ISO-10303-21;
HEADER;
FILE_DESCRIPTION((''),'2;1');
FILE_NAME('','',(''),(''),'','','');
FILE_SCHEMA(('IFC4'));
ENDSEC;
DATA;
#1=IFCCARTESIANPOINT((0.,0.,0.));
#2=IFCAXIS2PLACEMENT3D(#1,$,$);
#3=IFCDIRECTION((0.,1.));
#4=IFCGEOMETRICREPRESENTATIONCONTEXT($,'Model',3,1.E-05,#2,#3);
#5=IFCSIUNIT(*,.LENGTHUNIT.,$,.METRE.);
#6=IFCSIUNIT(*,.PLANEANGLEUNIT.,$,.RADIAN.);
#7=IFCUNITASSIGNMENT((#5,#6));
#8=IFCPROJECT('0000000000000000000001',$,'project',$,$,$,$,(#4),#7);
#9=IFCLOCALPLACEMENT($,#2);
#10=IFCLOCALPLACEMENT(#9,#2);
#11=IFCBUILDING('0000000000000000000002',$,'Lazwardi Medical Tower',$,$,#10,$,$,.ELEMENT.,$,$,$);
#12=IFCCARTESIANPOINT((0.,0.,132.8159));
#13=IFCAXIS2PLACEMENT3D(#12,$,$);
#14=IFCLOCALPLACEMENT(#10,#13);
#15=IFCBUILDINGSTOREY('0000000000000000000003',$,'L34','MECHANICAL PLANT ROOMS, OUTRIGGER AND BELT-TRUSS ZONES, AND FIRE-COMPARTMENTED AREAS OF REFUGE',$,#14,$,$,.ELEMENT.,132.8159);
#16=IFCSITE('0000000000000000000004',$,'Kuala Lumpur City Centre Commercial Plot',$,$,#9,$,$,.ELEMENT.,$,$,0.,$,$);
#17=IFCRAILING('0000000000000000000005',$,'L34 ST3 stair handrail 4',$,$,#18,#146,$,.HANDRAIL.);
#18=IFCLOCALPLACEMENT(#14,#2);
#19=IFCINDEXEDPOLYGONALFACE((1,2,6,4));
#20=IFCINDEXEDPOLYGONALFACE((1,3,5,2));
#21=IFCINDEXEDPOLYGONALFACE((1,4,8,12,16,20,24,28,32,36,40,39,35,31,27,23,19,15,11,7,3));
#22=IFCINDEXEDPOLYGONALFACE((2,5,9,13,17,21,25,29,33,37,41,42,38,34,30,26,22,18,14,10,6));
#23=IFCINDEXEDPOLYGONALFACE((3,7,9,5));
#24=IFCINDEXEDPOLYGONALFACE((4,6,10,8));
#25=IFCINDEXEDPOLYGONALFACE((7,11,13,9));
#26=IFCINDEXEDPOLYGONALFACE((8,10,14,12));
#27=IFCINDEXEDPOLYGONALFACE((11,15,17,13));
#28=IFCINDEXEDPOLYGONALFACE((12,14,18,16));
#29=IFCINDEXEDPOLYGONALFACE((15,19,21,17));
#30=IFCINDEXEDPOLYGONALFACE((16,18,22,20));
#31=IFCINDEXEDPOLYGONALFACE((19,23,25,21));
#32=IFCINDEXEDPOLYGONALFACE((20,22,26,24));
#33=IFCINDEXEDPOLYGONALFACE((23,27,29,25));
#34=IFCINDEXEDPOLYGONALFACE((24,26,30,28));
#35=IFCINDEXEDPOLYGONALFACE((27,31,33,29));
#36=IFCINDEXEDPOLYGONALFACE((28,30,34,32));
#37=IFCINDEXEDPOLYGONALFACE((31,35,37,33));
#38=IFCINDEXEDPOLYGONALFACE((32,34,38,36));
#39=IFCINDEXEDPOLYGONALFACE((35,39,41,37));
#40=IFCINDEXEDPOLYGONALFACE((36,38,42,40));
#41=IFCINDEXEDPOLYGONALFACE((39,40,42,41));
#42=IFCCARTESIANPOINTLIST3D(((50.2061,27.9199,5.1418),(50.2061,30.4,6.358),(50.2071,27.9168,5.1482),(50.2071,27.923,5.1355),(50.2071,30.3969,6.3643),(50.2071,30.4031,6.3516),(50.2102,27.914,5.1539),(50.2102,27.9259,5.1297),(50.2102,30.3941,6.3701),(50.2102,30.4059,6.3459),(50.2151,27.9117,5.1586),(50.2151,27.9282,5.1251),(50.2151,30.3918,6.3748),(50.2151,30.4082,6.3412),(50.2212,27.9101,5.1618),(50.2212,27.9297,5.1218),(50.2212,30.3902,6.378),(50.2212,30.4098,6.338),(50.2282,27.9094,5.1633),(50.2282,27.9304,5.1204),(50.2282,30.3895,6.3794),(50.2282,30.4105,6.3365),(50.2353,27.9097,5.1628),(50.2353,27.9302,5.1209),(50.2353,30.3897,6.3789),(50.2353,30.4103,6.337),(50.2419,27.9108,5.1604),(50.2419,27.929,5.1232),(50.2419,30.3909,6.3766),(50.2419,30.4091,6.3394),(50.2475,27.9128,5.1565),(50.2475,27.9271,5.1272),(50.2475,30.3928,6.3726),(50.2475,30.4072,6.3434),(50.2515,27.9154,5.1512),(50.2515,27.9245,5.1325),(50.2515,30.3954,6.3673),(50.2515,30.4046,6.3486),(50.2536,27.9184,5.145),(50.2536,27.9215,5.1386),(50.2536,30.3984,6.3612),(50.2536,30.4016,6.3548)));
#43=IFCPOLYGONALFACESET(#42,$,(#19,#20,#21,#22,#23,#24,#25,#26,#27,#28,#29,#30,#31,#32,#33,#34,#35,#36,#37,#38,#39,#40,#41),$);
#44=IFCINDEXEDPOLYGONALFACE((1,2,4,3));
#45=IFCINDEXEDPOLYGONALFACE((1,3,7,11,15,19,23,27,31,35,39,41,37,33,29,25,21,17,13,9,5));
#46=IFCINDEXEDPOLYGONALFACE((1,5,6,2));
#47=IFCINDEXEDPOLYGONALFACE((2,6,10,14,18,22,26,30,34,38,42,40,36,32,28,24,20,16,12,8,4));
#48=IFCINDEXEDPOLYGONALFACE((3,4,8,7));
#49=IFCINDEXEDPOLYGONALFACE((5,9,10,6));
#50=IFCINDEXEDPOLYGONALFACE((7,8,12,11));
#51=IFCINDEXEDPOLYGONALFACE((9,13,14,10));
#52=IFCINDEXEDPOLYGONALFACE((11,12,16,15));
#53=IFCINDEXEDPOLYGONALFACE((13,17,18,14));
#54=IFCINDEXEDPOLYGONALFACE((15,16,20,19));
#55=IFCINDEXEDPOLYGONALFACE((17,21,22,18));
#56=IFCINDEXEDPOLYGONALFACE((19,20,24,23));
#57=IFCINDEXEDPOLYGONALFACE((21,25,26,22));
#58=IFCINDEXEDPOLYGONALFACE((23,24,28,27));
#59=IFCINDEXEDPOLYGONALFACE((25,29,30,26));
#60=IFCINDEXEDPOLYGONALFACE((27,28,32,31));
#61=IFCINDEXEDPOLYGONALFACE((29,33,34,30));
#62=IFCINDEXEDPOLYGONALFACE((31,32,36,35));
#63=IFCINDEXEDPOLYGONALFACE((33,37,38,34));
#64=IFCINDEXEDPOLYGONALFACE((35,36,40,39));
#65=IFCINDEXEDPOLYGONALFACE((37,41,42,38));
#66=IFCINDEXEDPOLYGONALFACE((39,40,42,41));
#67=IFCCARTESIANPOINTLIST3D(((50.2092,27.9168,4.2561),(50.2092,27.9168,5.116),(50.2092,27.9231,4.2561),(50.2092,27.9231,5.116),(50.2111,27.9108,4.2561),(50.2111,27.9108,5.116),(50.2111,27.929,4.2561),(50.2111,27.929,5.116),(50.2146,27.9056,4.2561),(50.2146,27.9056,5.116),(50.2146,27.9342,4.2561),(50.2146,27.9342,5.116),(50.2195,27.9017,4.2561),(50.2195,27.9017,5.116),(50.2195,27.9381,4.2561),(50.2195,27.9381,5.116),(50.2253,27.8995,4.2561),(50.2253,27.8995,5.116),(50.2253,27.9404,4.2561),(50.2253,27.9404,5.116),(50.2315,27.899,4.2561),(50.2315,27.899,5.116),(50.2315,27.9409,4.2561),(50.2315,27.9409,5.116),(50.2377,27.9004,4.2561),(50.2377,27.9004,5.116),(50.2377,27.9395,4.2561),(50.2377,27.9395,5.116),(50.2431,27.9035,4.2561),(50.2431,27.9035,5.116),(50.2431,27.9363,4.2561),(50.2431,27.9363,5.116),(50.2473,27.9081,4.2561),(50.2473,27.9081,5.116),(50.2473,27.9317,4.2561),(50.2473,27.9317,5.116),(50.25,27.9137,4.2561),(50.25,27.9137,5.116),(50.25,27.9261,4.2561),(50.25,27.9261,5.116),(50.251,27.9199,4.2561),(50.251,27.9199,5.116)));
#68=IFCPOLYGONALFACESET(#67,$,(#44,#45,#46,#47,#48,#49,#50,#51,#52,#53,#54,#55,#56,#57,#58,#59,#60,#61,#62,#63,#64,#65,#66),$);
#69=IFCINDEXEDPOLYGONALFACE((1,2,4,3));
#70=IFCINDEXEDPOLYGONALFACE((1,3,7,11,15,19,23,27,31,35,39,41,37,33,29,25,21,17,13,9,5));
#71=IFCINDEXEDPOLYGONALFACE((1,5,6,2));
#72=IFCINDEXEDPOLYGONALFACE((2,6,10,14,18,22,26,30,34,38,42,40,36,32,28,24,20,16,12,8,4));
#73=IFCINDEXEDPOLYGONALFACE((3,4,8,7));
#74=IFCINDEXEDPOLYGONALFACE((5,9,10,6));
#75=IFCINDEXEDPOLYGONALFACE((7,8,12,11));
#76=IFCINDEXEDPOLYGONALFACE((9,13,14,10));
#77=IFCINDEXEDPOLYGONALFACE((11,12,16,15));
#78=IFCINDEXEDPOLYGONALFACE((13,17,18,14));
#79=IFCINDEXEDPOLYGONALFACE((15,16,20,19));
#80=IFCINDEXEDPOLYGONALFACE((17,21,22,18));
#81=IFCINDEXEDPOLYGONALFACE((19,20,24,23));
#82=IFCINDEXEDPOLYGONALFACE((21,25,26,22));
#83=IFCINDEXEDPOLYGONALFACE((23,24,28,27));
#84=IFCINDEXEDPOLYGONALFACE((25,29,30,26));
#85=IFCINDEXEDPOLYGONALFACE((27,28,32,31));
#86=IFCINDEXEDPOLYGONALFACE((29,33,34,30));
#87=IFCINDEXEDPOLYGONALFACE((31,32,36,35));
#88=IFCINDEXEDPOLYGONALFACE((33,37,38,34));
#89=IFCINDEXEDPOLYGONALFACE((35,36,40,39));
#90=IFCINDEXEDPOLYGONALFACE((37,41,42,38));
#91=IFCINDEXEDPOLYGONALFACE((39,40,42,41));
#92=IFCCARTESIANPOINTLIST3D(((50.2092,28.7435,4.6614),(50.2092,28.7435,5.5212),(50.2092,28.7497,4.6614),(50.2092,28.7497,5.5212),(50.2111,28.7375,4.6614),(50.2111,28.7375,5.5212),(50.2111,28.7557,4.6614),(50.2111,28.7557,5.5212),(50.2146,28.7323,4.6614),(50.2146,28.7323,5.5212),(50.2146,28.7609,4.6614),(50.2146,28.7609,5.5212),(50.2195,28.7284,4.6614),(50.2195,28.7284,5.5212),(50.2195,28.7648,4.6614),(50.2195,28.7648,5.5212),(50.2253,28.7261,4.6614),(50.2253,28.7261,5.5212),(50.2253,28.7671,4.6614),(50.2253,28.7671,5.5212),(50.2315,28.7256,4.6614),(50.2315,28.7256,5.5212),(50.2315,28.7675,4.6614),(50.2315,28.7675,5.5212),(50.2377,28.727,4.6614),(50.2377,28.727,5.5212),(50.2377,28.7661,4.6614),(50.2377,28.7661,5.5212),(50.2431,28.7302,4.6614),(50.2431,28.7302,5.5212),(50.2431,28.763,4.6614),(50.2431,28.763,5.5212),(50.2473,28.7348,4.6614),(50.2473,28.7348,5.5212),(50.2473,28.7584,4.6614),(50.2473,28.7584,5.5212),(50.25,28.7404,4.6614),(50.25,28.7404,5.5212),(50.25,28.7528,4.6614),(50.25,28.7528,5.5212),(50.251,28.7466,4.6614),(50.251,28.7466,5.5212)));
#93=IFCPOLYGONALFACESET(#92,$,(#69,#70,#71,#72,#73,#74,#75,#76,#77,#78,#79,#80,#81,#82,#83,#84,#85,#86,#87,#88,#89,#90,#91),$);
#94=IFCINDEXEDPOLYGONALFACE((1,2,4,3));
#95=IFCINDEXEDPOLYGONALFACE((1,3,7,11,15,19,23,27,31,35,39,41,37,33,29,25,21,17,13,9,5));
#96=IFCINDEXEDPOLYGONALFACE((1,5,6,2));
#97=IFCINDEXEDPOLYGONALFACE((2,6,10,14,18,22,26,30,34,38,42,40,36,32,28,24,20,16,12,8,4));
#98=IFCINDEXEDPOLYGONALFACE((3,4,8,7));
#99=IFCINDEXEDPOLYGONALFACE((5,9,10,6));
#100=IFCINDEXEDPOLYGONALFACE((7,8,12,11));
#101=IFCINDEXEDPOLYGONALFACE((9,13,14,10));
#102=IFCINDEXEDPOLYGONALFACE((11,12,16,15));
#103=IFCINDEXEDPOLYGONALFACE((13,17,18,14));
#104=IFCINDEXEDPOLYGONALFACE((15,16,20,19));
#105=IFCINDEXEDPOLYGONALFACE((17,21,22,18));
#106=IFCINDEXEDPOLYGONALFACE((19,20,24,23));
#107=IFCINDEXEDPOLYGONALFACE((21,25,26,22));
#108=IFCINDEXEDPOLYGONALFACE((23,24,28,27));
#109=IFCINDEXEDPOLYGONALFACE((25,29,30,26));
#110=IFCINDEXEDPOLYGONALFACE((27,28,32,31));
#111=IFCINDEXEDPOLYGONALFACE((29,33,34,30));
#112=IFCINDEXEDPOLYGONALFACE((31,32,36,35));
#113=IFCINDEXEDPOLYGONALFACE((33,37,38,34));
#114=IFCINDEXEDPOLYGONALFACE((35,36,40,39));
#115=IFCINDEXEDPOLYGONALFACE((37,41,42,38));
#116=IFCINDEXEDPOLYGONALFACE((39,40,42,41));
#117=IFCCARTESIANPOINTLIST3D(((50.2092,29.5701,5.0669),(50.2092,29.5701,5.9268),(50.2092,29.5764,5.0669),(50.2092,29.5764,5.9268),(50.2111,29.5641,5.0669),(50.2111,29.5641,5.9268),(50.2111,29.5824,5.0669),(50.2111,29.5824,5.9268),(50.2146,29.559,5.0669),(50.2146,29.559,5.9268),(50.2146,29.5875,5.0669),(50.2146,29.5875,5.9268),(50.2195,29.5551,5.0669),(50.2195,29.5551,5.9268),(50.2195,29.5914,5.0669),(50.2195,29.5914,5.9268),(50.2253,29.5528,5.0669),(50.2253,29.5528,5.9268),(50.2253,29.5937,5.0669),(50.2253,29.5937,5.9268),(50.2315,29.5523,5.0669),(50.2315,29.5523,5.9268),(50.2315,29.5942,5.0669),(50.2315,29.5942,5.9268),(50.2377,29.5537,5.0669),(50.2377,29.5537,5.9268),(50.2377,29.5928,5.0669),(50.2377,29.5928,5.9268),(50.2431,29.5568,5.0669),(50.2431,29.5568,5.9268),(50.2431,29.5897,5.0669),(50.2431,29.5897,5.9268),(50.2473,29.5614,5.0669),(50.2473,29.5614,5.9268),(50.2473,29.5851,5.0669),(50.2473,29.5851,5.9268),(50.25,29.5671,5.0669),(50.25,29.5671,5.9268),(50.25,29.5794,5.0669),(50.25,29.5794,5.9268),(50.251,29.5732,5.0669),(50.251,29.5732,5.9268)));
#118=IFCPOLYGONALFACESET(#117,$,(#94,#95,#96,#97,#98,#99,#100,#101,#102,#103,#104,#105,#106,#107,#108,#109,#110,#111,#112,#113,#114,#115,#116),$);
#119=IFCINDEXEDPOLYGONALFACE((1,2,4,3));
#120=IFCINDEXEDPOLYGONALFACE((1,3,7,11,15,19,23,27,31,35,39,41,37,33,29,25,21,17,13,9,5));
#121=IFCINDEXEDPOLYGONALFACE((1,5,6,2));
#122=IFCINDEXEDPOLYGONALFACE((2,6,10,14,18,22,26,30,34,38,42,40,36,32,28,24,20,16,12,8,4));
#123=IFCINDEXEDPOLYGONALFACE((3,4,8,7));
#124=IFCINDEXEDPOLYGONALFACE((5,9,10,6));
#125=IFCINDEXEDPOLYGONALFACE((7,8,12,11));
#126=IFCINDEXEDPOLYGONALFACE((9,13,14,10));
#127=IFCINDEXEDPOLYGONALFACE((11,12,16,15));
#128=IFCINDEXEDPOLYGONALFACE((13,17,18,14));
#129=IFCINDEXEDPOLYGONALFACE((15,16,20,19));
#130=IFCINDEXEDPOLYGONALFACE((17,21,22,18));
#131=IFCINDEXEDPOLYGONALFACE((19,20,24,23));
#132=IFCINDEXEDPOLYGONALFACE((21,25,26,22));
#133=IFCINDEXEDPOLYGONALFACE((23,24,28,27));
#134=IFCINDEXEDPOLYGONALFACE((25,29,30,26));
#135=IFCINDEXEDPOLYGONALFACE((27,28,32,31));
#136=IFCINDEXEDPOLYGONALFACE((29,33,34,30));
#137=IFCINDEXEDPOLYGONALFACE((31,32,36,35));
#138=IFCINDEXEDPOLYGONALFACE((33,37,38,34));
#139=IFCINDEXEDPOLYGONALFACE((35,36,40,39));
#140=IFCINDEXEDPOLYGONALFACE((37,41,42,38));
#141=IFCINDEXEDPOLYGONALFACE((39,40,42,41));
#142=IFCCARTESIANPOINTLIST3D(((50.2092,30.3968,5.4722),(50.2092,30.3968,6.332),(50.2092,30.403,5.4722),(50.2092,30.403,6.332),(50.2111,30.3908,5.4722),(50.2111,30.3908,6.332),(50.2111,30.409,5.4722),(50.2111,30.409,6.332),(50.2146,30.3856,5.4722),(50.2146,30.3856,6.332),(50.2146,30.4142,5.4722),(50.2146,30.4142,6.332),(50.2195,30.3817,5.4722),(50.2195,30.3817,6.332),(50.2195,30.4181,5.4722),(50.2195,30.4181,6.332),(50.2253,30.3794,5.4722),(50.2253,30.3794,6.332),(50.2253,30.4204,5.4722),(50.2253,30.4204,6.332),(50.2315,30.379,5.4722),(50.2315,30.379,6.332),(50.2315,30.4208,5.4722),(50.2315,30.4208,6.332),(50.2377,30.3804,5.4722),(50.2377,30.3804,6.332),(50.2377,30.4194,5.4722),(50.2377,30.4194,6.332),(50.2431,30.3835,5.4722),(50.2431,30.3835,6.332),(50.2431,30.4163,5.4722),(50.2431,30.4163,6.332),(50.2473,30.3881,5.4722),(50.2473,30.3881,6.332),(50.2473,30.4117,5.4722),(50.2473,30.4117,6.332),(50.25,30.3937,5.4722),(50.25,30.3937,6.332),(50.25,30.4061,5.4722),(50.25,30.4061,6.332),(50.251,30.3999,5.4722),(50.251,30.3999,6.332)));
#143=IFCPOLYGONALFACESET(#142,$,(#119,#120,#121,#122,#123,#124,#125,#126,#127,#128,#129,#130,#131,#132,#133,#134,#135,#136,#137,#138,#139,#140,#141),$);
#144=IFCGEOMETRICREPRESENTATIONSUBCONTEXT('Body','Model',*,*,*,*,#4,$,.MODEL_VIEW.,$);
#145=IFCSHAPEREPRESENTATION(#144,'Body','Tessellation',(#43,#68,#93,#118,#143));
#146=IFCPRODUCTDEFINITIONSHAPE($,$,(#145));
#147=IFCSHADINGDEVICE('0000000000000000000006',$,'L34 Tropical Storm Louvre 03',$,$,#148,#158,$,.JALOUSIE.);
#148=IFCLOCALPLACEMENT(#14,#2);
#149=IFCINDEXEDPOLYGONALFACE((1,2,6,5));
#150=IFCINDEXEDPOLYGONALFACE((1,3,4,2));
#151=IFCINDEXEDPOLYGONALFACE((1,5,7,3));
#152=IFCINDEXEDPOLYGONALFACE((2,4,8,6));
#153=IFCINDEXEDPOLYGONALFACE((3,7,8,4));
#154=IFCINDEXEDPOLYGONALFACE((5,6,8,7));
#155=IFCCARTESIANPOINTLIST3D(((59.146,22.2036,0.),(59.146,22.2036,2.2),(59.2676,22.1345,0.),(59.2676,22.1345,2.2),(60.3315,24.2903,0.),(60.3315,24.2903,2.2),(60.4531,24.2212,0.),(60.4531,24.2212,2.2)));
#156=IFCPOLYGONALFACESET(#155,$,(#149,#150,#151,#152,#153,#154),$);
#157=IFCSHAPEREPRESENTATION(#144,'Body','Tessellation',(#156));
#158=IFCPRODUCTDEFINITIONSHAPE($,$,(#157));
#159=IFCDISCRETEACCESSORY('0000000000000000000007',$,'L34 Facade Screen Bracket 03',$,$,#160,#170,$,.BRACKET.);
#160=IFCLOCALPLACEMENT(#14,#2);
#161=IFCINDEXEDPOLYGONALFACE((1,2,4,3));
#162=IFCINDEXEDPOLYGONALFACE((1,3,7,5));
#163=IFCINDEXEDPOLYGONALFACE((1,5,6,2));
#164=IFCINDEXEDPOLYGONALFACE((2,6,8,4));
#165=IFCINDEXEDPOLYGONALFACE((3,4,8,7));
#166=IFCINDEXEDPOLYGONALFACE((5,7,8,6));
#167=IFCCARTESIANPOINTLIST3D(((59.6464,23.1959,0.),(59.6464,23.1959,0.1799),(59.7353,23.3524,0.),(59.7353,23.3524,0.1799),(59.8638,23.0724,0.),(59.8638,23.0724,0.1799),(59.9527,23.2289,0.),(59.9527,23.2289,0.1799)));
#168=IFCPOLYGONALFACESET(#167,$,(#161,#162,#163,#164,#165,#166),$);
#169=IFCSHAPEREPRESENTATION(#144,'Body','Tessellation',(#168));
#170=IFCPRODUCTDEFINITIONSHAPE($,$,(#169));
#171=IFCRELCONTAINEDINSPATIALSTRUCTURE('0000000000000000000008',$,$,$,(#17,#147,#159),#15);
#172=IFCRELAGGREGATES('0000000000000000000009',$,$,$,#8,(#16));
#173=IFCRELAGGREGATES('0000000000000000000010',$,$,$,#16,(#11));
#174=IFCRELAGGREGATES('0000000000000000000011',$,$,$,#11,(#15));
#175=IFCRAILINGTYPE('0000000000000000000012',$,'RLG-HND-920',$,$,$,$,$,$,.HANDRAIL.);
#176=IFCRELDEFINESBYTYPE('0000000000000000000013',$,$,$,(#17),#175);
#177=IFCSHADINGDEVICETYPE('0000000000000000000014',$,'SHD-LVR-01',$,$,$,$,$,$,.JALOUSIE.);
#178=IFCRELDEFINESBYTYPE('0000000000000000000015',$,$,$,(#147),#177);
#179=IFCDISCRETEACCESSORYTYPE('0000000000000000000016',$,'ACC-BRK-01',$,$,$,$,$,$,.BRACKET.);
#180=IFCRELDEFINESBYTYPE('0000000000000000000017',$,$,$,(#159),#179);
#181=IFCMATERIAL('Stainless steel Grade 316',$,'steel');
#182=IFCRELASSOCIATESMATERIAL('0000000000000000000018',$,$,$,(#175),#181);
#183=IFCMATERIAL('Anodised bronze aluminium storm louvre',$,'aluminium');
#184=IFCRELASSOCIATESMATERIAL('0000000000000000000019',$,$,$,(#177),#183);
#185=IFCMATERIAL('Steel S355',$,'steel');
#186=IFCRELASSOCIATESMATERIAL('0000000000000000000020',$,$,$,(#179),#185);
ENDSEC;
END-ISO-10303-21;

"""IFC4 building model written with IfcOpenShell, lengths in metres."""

from ifc_helpers import new_model, si_unit, direction, frame, origin, origin_2d, place, context, subcontext, project, spatial, rectangle, circle, extrude, material, type_object, element, save


model = new_model("IFC4")

# Units and contexts
model_context = context("Model", 3, precision=1e-05, world=origin(), true_north=direction((0.0, 1.0)))
body_context = subcontext(model_context, "Body", "Model", "MODEL_VIEW")
ifc_project = project(units=[si_unit("LENGTHUNIT", "METRE"), si_unit("PLANEANGLEUNIT", "RADIAN")], contexts=[model_context])

# Site, building, storey
site_placement = place(None, origin())
site = spatial("IfcSite", under=ifc_project, at=site_placement, Name="Kuala Lumpur City Centre Commercial Plot", CompositionType="ELEMENT", RefElevation=0.0)
building_placement = place(site_placement, origin())
building = spatial("IfcBuilding", under=site, at=building_placement, Name="Lazwardi Medical Tower", CompositionType="ELEMENT")
storey_placement = place(building_placement, frame((0.0, 0.0, 132.8159)))
storey = spatial("IfcBuildingStorey", under=building, at=storey_placement, Name="L34", Description="MECHANICAL PLANT ROOMS, OUTRIGGER AND BELT-TRUSS ZONES, AND FIRE-COMPARTMENTED AREAS OF REFUGE", CompositionType="ELEMENT", Elevation=132.8159)

# Shared definitions
ifc_material_1 = material(Name="Steel S355", Category="steel")

# Railing
ifc_material_2 = material(Name="Stainless steel Grade 316", Category="steel")
railing_type_1 = type_object("IfcRailingType", Name="RLG-HND-920", PredefinedType="HANDRAIL", material=ifc_material_2)
for number, where, name in (
    (1, (50.23, 27.9199, 4.2561), "L34 ST3 stair handrail 4"),
):
    element("IfcRailing", number, at=place(storey_placement, frame(where)), inside=storey, type_object=railing_type_1, Name=name, PredefinedType="HANDRAIL", context=body_context, shape_type="SweptSolid", body=[
        extrude(circle(Radius=0.0239, at=origin_2d()), frame((0.0, 0.0, 0.8857), z_axis=(0.0, 0.897865, 0.44027), x_axis=(-1.0, 0.0, 0.0)), (0.0, 0.0, 1.0), 2.7622),
        extrude(circle(Radius=0.021, at=origin_2d()), origin(), (0.0, 0.0, 1.0), 0.8599),
        extrude(circle(Radius=0.021, at=origin_2d()), frame((0.0, 0.8267, 0.4053)), (0.0, 0.0, 1.0), 0.8599),
        extrude(circle(Radius=0.021, at=origin_2d()), frame((0.0, 1.6533, 0.8108)), (0.0, 0.0, 1.0), 0.8599),
        extrude(circle(Radius=0.021, at=origin_2d()), frame((0.0, 2.48, 1.2161)), (0.0, 0.0, 1.0), 0.8599),
    ])

# Shading device
ifc_material_3 = material(Name="Anodised bronze aluminium storm louvre", Category="aluminium")
shading_device_type = type_object("IfcShadingDeviceType", Name="SHD-LVR-01", PredefinedType="JALOUSIE", material=ifc_material_3)
shading_device_placement = place(storey_placement, frame((59.7996, 23.2124, 0.0), z_axis=(0.0, 0.0, 1.0), x_axis=(0.493968, 0.86948, 0.0)))
element("IfcShadingDevice", 2, at=shading_device_placement, inside=storey, type_object=shading_device_type, Name="L34 Tropical Storm Louvre 03", PredefinedType="JALOUSIE", context=body_context, shape_type="SweptSolid", body=[
    extrude(rectangle(XDim=2.3999, YDim=0.1399, at=origin_2d()), origin(), (0.0, 0.0, 1.0), 2.2),
])

# Discrete accessory
discrete_accessory_type = type_object("IfcDiscreteAccessoryType", Name="ACC-BRK-01", PredefinedType="BRACKET", material=ifc_material_1)
discrete_accessory_placement = place(storey_placement, frame((59.7996, 23.2124, 0.0), z_axis=(0.0, 0.0, 1.0), x_axis=(0.493968, 0.86948, 0.0)))
element("IfcDiscreteAccessory", 3, at=discrete_accessory_placement, inside=storey, type_object=discrete_accessory_type, Name="L34 Facade Screen Bracket 03", PredefinedType="BRACKET", context=body_context, shape_type="SweptSolid", body=[
    extrude(rectangle(XDim=0.1799, YDim=0.25, at=origin_2d()), origin(), (0.0, 0.0, 1.0), 0.1799),
])

save(model, "model.ifc")
